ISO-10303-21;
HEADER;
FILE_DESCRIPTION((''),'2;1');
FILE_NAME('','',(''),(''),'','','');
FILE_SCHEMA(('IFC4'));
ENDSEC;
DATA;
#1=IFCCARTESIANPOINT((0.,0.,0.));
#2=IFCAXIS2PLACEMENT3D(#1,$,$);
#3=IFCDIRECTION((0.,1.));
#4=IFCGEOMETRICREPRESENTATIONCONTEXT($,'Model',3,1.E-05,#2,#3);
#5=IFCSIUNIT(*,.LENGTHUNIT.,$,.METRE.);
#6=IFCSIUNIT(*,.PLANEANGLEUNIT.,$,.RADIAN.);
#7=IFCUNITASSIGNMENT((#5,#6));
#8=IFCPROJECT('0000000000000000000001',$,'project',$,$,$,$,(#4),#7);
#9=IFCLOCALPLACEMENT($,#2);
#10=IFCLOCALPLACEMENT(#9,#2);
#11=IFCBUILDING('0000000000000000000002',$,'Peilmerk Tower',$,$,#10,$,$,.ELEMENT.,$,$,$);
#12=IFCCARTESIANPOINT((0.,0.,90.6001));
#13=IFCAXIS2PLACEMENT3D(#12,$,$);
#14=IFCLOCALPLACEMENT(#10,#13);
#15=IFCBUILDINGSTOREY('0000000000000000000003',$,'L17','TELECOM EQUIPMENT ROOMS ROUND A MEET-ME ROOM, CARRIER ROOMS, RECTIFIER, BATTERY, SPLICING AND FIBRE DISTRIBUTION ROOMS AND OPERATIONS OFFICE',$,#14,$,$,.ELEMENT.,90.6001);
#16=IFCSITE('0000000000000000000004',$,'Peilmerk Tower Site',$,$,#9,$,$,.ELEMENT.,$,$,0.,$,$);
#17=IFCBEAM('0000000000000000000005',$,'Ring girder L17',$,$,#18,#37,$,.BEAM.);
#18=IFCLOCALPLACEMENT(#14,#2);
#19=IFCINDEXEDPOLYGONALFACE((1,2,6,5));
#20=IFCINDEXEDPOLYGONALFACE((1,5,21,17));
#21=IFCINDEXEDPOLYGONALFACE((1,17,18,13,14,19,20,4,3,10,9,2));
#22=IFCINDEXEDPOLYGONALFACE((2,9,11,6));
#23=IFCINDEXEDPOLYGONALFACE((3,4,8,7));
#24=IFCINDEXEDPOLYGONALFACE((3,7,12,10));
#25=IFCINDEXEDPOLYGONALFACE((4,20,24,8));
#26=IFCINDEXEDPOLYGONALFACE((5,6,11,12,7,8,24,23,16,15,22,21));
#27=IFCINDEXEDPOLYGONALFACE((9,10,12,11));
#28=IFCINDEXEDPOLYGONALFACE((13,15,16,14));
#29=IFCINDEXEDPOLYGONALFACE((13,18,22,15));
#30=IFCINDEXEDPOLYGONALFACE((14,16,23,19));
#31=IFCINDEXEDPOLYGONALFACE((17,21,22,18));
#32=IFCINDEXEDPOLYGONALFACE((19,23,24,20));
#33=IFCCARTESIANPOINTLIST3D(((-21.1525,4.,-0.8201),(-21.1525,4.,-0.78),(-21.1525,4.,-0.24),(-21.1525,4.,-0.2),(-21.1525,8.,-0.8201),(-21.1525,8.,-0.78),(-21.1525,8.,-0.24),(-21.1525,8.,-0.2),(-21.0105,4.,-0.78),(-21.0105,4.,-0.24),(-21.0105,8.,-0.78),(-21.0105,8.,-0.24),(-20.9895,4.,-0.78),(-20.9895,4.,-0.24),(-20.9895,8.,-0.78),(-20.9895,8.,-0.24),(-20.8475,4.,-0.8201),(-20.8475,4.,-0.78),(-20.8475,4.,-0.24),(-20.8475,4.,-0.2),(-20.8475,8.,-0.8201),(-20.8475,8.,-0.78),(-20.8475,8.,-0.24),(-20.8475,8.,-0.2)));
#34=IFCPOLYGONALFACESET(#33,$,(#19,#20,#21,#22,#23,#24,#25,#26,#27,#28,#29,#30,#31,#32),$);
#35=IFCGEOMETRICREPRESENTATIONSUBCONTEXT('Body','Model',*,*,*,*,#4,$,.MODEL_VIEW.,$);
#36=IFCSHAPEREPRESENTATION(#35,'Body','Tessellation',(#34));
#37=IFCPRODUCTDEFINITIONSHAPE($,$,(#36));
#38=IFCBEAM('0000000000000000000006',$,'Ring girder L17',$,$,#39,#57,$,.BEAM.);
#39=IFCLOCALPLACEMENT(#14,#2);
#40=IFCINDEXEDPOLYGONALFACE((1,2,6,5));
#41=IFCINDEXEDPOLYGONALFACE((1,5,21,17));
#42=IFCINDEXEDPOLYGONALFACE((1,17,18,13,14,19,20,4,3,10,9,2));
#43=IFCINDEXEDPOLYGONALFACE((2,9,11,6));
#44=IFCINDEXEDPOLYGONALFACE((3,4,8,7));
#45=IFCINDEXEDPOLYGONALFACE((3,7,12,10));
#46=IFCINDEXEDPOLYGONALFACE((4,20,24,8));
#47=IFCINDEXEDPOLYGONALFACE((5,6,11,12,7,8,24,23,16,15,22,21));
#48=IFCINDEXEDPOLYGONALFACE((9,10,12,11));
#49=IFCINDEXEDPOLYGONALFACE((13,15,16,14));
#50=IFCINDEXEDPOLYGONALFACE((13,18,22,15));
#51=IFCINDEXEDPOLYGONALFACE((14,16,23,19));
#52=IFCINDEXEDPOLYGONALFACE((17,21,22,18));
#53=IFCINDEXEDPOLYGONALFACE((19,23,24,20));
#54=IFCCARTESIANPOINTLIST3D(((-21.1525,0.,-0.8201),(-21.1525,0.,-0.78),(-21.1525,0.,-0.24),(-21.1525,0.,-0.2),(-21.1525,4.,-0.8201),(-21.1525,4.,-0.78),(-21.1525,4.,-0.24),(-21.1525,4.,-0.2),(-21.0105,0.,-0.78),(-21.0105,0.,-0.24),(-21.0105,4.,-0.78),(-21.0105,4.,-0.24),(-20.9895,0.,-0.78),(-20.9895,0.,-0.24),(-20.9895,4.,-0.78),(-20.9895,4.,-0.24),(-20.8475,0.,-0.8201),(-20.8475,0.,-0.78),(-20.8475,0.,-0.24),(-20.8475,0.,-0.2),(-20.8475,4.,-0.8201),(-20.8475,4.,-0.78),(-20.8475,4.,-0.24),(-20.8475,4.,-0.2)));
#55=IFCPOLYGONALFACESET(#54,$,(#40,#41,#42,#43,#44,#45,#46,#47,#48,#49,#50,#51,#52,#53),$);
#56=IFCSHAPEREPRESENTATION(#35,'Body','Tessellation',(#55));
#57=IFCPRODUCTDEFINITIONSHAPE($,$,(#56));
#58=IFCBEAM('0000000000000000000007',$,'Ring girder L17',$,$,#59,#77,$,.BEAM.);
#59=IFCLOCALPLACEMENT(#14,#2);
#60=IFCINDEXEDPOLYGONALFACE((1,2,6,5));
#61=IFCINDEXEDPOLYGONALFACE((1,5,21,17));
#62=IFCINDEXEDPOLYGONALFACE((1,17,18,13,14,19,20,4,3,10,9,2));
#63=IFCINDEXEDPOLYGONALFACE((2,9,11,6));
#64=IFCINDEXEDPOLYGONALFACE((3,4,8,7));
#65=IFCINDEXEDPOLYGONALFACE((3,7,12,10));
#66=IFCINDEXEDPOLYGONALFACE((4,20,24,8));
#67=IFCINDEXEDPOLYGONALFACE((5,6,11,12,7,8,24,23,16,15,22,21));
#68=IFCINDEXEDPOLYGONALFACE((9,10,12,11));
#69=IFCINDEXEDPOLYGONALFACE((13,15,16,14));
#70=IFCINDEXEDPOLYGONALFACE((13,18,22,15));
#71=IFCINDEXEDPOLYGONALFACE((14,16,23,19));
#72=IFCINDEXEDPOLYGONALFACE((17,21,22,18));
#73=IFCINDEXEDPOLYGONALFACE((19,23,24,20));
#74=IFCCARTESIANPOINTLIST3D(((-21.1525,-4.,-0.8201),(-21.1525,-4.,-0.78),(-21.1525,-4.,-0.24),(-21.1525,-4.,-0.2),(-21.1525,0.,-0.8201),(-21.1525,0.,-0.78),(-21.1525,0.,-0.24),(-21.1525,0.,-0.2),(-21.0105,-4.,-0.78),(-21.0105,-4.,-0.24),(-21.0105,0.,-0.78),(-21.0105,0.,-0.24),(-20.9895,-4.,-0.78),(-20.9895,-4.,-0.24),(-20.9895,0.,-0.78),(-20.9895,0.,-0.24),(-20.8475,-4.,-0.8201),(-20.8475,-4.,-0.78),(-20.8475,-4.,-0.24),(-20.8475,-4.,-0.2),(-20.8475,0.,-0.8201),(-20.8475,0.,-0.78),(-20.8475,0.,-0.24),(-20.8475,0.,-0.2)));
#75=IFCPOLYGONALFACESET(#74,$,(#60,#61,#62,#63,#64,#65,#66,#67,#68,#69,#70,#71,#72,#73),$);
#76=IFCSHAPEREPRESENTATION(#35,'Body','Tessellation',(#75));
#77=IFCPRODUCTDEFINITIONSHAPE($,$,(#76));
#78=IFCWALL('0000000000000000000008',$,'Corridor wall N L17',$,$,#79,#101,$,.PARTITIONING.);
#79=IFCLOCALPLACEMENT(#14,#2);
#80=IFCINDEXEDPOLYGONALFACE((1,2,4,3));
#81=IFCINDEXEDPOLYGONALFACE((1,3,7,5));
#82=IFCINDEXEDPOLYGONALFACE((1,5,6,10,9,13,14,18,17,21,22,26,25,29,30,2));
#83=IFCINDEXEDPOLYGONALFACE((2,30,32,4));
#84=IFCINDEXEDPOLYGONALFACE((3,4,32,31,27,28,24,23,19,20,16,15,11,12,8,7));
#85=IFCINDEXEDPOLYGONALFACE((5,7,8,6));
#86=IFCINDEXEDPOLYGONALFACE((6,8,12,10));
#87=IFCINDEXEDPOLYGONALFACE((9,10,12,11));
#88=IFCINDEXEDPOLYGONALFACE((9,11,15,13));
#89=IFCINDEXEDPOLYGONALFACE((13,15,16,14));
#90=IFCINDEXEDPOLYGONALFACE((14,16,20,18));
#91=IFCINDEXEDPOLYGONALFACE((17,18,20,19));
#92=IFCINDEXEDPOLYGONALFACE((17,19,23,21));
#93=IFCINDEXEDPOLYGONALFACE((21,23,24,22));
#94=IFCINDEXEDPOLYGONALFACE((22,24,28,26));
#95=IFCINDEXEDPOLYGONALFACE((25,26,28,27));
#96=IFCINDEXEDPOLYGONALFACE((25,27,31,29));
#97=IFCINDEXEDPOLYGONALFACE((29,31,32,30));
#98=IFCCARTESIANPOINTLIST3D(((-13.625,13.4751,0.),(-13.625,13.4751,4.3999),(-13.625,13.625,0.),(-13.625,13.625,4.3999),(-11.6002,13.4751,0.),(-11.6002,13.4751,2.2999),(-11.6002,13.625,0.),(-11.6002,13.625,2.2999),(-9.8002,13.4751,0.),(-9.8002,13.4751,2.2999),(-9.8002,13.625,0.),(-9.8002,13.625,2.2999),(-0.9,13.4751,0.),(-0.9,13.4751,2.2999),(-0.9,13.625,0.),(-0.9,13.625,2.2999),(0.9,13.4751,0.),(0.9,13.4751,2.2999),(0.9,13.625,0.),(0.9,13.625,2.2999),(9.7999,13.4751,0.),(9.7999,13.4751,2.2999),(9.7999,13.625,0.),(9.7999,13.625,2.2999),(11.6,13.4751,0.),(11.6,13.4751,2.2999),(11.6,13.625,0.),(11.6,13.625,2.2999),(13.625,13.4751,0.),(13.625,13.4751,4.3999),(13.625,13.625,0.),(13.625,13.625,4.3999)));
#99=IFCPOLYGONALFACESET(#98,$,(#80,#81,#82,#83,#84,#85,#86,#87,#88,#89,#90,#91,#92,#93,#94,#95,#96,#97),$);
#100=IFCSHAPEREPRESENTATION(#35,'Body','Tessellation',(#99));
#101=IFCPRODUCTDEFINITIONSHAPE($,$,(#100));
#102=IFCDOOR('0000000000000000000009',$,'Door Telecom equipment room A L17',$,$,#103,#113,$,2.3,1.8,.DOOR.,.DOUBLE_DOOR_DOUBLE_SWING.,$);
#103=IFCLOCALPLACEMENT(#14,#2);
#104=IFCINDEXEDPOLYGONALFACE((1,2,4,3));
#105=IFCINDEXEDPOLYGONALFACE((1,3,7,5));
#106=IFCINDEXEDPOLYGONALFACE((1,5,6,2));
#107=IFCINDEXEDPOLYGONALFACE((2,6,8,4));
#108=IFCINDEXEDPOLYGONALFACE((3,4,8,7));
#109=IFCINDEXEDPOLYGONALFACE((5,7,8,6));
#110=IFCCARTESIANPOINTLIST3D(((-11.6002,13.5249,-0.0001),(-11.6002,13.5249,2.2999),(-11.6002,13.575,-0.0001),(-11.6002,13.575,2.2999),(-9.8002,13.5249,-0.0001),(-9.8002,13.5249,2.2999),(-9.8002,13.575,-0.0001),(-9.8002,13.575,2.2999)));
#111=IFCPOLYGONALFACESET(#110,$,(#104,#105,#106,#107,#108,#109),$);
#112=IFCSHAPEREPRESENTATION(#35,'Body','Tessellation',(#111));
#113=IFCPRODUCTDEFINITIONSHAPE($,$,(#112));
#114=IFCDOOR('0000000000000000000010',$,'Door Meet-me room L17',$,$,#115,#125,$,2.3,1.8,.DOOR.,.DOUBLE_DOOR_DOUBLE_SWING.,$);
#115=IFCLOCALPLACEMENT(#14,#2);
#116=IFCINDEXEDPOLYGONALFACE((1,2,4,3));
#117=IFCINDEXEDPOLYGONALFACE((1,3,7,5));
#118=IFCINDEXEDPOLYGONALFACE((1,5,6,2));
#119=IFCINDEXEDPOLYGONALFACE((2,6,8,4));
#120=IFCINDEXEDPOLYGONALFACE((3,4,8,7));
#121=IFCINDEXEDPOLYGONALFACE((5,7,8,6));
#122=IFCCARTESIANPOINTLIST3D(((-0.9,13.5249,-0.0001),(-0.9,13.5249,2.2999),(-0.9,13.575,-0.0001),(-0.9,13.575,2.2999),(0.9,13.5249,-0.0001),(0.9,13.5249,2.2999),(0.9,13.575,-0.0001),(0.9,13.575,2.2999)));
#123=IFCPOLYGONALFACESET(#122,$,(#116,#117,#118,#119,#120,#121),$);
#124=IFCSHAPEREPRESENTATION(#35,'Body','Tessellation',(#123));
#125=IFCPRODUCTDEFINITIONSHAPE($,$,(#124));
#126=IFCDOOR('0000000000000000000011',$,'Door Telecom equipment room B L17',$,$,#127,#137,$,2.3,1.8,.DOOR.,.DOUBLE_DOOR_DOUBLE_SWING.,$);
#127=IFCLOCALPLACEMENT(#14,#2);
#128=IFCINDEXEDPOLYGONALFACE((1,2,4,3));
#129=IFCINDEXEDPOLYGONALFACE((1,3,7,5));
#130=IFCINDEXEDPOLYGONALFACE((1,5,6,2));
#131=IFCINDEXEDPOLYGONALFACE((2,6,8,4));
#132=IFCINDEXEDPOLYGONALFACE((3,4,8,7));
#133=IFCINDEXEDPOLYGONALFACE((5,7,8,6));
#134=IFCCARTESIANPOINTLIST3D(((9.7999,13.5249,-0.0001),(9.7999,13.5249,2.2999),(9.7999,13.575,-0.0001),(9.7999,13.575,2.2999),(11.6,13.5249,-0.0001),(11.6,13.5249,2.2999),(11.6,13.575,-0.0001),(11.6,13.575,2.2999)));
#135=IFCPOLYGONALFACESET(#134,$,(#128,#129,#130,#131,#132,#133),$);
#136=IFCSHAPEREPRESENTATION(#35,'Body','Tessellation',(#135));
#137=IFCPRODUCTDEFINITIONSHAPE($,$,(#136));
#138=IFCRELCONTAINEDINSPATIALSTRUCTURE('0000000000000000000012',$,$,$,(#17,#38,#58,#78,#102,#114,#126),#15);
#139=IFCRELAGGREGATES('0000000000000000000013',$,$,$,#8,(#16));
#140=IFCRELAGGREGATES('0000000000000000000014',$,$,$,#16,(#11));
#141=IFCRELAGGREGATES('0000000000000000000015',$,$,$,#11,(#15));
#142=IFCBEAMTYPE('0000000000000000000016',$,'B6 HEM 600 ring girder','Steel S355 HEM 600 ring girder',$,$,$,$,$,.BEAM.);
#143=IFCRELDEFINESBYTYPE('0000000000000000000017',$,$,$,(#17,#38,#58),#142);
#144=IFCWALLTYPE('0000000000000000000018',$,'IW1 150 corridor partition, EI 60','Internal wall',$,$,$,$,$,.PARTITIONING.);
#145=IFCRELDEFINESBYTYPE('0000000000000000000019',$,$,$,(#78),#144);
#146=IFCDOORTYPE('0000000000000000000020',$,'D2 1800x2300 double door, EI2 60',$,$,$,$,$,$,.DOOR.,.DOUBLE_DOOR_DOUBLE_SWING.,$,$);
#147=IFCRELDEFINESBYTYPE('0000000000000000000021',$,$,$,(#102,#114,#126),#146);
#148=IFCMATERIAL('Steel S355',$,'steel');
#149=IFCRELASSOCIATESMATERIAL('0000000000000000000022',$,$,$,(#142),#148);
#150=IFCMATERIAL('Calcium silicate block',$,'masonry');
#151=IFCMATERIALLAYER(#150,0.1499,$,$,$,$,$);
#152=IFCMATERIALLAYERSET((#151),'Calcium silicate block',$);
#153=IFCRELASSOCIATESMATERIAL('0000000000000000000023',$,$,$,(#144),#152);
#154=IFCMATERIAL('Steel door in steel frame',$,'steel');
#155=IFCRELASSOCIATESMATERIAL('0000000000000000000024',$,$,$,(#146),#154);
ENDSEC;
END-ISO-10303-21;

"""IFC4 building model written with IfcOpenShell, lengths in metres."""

from ifc_helpers import new_model, si_unit, direction, frame, frame_2d, origin, origin_2d, place, context, subcontext, project, spatial, rectangle, i_section, extrude, material, layer, layer_set, material_profile, profile_set, type_object, element, fill, save


model = new_model("IFC4")

# Units and contexts
model_context = context("Model", 3, precision=1e-05, world=origin(), true_north=direction((0.0, 1.0)))
body_context = subcontext(model_context, "Body", "Model", "MODEL_VIEW")
ifc_project = project(units=[si_unit("LENGTHUNIT", "METRE"), si_unit("PLANEANGLEUNIT", "RADIAN")], contexts=[model_context])

# Site, building, storey
site_placement = place(None, origin())
site = spatial("IfcSite", under=ifc_project, at=site_placement, Name="Peilmerk Tower Site", CompositionType="ELEMENT", RefElevation=0.0)
building_placement = place(site_placement, origin())
building = spatial("IfcBuilding", under=site, at=building_placement, Name="Peilmerk Tower", CompositionType="ELEMENT")
storey_placement = place(building_placement, frame((0.0, 0.0, 90.6001)))
storey = spatial("IfcBuildingStorey", under=building, at=storey_placement, Name="L17", Description="TELECOM EQUIPMENT ROOMS ROUND A MEET-ME ROOM, CARRIER ROOMS, RECTIFIER, BATTERY, SPLICING AND FIBRE DISTRIBUTION ROOMS AND OPERATIONS OFFICE", CompositionType="ELEMENT", Elevation=90.6001)

# Beams
ifc_material_1 = material(Name="Steel S355", Category="steel")
ifc_material_profile_1 = material_profile(ifc_material_1, i_section(OverallWidth=0.3049, OverallDepth=0.6201, WebThickness=0.021, FlangeThickness=0.04, at=origin_2d()), Name="HEM 600")
ifc_profile_set_1 = profile_set([ifc_material_profile_1], Name="Steel S355")
beam_type_1 = type_object("IfcBeamType", Name="B6 HEM 600 ring girder", Description="Steel S355 HEM 600 ring girder", PredefinedType="BEAM", material=ifc_profile_set_1)
for number, where, z_axis, x_axis, name in (
    (1, (-21.0, 8.0, -0.51), (0.0, -1.0, 0.0), (1.0, 0.0, 0.0), "Ring girder L17"),
    (2, (-21.0, 4.0, -0.51), (0.0, -1.0, 0.0), (1.0, 0.0, 0.0), "Ring girder L17"),
    (3, (-21.0, 0.0, -0.51), (0.0, -1.0, 0.0), (1.0, 0.0, 0.0), "Ring girder L17"),
):
    element("IfcBeam", number, at=place(storey_placement, frame(where, z_axis=z_axis, x_axis=x_axis)), inside=storey, type_object=beam_type_1, Name=name, PredefinedType="BEAM", context=body_context, shape_type="SweptSolid", body=[
        extrude(i_section(OverallWidth=0.3049, OverallDepth=0.6201, WebThickness=0.021, FlangeThickness=0.04, at=origin_2d()), origin(), (0.0, 0.0, 1.0), 4.0),
    ])

# Wall, openings, doors
ifc_material_2 = material(Name="Calcium silicate block", Category="masonry")
ifc_layer_1 = layer(ifc_material_2, 0.1499)
ifc_layer_set_1 = layer_set([ifc_layer_1], Name="Calcium silicate block")
wall_type_1 = type_object("IfcWallType", Name="IW1 150 corridor partition, EI 60", Description="Internal wall", PredefinedType="PARTITIONING", material=ifc_layer_set_1)
wall_1_placement = place(storey_placement, frame((-13.625, 13.55, 0.0), z_axis=(0.0, 0.0, 1.0), x_axis=(1.0, 0.0, 0.0)))
wall_1 = element("IfcWall", 4, at=wall_1_placement, inside=storey, type_object=wall_type_1, Name="Corridor wall N L17", PredefinedType="PARTITIONING", context=body_context, shape_type="SweptSolid", body=[
    extrude(rectangle(XDim=27.25, YDim=0.1499, at=frame_2d((13.625, 0.0))), origin(), (0.0, 0.0, 1.0), 4.3999),
])
opening_1_placement = place(wall_1_placement, frame((2.0249, 0.0, 0.0)))
opening_1 = element("IfcOpeningElement", 5, at=opening_1_placement, cuts=wall_1, PredefinedType="OPENING", context=body_context, shape_type="SweptSolid", body=[
    extrude(rectangle(XDim=1.8, YDim=2.3, at=frame_2d((0.8999, 1.1499))), frame((0.0, 0.085, 0.0), z_axis=(0.0, -1.0, 0.0), x_axis=(1.0, 0.0, 0.0)), (0.0, 0.0, 1.0), 0.1699),
])
opening_2_placement = place(wall_1_placement, frame((12.7251, 0.0, 0.0)))
opening_2 = element("IfcOpeningElement", 6, at=opening_2_placement, cuts=wall_1, PredefinedType="OPENING", context=body_context, shape_type="SweptSolid", body=[
    extrude(rectangle(XDim=1.8, YDim=2.3, at=frame_2d((0.8999, 1.1499))), frame((0.0, 0.085, 0.0), z_axis=(0.0, -1.0, 0.0), x_axis=(1.0, 0.0, 0.0)), (0.0, 0.0, 1.0), 0.1699),
])
opening_3_placement = place(wall_1_placement, frame((23.425, 0.0, 0.0)))
opening_3 = element("IfcOpeningElement", 7, at=opening_3_placement, cuts=wall_1, PredefinedType="OPENING", context=body_context, shape_type="SweptSolid", body=[
    extrude(rectangle(XDim=1.8, YDim=2.3, at=frame_2d((0.8999, 1.1499))), frame((0.0, 0.085, 0.0), z_axis=(0.0, -1.0, 0.0), x_axis=(1.0, 0.0, 0.0)), (0.0, 0.0, 1.0), 0.1699),
])
ifc_material_3 = material(Name="Steel door in steel frame", Category="steel")
door_type_1 = type_object("IfcDoorType", Name="D2 1800x2300 double door, EI2 60", OperationType="DOUBLE_DOOR_DOUBLE_SWING", PredefinedType="DOOR", material=ifc_material_3)
door_1_placement = place(opening_1_placement, origin())
door_1 = element("IfcDoor", 8, at=door_1_placement, inside=storey, type_object=door_type_1, Name="Door Telecom equipment room A L17", OperationType="DOUBLE_DOOR_DOUBLE_SWING", OverallHeight=2.3, OverallWidth=1.8, PredefinedType="DOOR", context=body_context, shape_type="SweptSolid", body=[
    extrude(rectangle(XDim=1.8, YDim=2.3, at=frame_2d((0.8999, 1.1499))), frame((0.0, 0.0249, 0.0), z_axis=(0.0, -1.0, 0.0), x_axis=(1.0, 0.0, 0.0)), (0.0, 0.0, 1.0), 0.05),
])
fill(opening_1, door_1)
door_2_placement = place(opening_2_placement, origin())
door_2 = element("IfcDoor", 9, at=door_2_placement, inside=storey, type_object=door_type_1, Name="Door Meet-me room L17", OperationType="DOUBLE_DOOR_DOUBLE_SWING", OverallHeight=2.3, OverallWidth=1.8, PredefinedType="DOOR", context=body_context, shape_type="SweptSolid", body=[
    extrude(rectangle(XDim=1.8, YDim=2.3, at=frame_2d((0.8999, 1.1499))), frame((0.0, 0.0249, 0.0), z_axis=(0.0, -1.0, 0.0), x_axis=(1.0, 0.0, 0.0)), (0.0, 0.0, 1.0), 0.05),
])
fill(opening_2, door_2)
door_3_placement = place(opening_3_placement, origin())
door_3 = element("IfcDoor", 10, at=door_3_placement, inside=storey, type_object=door_type_1, Name="Door Telecom equipment room B L17", OperationType="DOUBLE_DOOR_DOUBLE_SWING", OverallHeight=2.3, OverallWidth=1.8, PredefinedType="DOOR", context=body_context, shape_type="SweptSolid", body=[
    extrude(rectangle(XDim=1.8, YDim=2.3, at=frame_2d((0.8999, 1.1499))), frame((0.0, 0.0249, 0.0), z_axis=(0.0, -1.0, 0.0), x_axis=(1.0, 0.0, 0.0)), (0.0, 0.0, 1.0), 0.05),
])
fill(opening_3, door_3)

save(model, "model.ifc")
